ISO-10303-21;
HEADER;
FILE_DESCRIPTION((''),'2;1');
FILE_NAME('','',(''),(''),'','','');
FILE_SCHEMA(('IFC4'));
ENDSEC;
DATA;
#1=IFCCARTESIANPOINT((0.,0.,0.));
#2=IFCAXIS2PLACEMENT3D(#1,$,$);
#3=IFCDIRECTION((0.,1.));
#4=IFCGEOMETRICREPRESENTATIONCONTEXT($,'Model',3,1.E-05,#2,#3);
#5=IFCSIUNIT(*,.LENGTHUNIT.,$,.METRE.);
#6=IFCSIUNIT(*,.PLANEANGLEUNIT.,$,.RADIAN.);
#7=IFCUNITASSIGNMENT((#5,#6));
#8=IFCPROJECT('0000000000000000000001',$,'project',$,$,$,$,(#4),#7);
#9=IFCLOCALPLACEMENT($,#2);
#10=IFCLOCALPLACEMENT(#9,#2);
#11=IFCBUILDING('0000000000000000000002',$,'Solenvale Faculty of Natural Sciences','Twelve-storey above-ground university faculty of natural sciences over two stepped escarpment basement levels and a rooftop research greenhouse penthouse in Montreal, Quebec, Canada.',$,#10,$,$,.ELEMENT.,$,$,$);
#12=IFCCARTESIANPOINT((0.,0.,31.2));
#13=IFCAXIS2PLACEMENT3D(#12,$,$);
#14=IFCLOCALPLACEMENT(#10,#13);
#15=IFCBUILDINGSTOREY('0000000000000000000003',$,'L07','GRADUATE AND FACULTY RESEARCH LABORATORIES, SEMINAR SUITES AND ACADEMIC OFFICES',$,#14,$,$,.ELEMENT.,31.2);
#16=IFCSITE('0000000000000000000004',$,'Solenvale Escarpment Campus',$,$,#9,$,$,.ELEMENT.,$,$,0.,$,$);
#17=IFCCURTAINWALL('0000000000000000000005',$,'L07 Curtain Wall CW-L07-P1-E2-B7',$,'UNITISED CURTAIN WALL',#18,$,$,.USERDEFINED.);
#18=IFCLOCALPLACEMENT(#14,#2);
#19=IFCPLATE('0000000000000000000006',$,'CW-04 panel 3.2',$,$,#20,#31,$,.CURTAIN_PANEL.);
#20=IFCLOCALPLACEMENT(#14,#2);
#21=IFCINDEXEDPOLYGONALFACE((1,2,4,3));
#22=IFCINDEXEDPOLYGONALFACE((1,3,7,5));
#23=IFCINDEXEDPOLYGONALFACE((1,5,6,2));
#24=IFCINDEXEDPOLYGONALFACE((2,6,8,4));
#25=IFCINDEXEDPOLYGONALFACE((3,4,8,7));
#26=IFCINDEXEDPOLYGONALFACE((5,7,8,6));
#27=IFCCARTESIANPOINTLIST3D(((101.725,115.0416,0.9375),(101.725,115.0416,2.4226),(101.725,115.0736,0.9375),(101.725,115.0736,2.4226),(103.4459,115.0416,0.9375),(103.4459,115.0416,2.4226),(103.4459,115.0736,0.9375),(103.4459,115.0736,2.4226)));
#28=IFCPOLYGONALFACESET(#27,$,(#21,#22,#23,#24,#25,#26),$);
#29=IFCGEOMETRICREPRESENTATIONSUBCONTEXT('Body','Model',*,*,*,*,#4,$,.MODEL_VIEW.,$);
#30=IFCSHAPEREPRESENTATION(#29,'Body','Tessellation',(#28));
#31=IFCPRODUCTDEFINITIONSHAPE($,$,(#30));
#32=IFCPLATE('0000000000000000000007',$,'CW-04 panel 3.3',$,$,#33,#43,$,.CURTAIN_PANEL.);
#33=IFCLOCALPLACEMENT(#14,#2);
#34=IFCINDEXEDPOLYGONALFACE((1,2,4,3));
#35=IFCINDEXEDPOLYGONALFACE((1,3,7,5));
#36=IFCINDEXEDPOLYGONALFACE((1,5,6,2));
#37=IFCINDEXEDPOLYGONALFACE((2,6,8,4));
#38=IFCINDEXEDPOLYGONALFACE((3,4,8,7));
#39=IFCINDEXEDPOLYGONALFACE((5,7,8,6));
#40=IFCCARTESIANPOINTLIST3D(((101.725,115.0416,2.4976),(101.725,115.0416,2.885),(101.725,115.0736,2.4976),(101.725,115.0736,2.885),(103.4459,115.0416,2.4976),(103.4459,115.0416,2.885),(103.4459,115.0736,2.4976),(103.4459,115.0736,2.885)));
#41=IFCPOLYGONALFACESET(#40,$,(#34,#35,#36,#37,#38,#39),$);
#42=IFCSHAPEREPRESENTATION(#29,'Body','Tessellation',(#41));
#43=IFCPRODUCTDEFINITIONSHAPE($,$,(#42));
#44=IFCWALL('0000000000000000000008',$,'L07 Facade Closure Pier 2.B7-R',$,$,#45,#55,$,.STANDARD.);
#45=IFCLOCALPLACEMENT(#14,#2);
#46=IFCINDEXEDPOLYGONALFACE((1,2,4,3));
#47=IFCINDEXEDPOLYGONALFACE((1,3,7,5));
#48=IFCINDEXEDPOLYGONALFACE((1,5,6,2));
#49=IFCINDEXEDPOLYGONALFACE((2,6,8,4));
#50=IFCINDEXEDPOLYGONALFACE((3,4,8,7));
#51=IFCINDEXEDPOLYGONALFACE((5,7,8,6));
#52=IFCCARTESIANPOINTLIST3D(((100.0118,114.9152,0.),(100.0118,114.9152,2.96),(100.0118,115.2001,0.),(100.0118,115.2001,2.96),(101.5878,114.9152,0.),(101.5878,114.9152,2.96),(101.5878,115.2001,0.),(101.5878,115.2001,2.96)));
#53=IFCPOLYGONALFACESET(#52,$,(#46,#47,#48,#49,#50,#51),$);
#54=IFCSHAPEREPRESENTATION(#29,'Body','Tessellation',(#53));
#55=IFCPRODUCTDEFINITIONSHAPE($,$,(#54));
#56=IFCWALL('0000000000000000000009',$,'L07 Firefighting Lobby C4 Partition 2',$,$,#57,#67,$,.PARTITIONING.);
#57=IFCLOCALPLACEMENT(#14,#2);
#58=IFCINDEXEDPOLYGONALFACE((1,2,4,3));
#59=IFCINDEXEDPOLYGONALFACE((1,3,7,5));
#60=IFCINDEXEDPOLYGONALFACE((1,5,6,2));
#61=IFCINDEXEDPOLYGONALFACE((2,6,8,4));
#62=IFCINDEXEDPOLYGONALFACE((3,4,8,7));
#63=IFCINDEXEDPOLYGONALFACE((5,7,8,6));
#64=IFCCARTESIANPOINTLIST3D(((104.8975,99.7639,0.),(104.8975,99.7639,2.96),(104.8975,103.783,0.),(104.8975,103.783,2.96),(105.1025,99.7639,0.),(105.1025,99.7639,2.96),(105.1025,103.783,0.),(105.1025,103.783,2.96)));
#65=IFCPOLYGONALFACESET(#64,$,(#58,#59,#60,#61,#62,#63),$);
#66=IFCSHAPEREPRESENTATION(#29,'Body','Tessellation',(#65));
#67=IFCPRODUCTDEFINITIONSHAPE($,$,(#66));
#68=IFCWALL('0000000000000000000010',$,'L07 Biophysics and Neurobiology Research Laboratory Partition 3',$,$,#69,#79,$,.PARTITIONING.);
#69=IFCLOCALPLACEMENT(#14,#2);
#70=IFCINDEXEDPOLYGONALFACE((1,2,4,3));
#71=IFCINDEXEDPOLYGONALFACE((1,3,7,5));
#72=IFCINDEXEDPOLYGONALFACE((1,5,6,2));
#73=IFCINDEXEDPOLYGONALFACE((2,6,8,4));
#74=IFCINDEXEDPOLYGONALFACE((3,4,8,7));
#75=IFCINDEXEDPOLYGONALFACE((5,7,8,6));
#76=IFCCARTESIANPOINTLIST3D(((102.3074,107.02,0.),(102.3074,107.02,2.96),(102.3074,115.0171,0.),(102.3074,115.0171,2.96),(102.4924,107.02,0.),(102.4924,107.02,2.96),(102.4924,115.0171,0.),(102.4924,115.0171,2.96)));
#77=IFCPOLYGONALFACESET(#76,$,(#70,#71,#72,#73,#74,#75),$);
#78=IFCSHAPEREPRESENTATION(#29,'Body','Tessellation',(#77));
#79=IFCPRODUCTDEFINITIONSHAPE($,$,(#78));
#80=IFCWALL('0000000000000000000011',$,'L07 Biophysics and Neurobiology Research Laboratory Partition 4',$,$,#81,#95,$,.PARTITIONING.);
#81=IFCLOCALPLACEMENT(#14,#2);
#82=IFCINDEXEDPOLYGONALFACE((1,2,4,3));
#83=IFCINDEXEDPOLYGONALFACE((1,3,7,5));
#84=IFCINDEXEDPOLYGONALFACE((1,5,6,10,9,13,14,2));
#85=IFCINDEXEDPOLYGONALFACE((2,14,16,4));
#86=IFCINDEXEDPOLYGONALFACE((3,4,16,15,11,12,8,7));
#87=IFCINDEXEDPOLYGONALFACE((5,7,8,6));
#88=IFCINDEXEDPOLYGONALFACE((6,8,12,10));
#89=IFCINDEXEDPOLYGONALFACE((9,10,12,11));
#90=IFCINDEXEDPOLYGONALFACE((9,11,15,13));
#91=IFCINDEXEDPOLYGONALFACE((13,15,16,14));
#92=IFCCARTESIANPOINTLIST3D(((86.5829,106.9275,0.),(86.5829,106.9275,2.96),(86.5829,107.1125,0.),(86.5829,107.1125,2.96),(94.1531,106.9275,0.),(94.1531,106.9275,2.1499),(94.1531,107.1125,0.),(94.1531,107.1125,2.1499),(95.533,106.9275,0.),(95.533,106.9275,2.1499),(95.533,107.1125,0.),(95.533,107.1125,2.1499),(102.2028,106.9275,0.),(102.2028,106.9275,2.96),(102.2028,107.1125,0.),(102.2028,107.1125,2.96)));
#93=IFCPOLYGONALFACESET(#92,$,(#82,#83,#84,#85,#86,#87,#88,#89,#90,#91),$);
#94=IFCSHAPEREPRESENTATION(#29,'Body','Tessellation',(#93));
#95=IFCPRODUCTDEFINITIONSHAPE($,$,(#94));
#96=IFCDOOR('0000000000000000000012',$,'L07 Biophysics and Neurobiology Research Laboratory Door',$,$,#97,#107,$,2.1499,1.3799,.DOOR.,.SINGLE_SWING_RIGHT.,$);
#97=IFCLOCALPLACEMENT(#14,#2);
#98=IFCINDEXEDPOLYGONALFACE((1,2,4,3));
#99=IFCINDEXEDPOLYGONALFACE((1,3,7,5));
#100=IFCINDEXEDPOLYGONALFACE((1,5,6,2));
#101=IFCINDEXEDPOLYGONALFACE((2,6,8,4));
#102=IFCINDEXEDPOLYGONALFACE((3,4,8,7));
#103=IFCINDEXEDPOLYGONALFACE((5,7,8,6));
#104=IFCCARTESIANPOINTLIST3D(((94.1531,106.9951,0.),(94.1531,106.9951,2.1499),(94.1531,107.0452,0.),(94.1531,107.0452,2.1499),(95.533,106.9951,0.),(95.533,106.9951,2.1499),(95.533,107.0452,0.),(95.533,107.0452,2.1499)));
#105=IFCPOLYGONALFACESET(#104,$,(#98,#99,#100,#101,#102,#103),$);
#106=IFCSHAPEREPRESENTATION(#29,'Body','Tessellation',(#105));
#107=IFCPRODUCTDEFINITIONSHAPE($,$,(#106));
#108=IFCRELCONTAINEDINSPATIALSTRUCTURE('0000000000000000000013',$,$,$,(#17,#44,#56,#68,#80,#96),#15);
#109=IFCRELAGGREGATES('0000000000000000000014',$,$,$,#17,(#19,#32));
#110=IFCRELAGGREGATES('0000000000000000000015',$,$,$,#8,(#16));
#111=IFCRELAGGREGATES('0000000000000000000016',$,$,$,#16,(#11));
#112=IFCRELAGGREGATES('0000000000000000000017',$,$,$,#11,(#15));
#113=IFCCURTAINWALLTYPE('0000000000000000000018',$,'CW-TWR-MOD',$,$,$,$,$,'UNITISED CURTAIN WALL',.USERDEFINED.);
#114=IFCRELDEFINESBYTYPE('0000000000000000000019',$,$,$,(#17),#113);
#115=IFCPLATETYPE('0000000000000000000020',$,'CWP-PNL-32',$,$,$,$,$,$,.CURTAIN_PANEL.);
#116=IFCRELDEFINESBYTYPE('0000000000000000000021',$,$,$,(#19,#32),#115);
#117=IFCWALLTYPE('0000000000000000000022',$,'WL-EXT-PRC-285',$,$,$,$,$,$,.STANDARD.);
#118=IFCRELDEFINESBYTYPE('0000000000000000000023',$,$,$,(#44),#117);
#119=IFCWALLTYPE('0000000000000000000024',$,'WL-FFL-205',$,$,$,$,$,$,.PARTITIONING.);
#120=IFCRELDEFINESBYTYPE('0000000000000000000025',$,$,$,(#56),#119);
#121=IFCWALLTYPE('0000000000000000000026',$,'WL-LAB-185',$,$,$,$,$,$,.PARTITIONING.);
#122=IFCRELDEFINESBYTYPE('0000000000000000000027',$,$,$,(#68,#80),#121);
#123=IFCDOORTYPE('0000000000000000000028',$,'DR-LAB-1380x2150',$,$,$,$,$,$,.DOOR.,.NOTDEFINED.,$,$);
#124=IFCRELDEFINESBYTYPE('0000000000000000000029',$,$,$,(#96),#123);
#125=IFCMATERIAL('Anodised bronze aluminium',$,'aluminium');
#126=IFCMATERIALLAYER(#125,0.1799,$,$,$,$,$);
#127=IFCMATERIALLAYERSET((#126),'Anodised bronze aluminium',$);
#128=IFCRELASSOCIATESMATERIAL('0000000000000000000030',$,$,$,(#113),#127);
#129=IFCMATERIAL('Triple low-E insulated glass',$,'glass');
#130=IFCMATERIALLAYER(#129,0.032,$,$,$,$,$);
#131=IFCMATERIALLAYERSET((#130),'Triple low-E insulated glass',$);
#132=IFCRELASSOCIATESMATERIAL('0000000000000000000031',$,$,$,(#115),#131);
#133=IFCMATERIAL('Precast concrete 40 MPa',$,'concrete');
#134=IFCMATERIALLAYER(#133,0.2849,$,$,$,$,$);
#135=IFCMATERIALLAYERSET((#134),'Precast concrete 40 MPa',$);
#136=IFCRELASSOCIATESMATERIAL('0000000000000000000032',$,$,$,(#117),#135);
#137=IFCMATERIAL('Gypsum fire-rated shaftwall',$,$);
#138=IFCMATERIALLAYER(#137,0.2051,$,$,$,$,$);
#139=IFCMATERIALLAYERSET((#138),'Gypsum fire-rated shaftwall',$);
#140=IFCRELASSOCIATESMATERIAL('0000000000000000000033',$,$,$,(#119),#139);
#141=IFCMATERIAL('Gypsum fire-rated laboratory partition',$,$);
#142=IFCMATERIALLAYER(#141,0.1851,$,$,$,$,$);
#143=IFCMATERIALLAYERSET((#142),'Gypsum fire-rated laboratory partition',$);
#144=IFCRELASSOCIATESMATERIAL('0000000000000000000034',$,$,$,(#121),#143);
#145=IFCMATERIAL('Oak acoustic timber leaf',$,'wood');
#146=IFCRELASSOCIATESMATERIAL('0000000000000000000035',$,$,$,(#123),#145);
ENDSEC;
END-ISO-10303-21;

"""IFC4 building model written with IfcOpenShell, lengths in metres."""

from ifc_helpers import new_model, si_unit, direction, frame, frame_2d, origin, origin_2d, place, context, subcontext, project, spatial, rectangle, extrude, material, layer, layer_set, type_object, element, fill, aggregate, save


model = new_model("IFC4")

# Units and contexts
model_context = context("Model", 3, precision=1e-05, world=origin(), true_north=direction((0.0, 1.0)))
body_context = subcontext(model_context, "Body", "Model", "MODEL_VIEW")
ifc_project = project(units=[si_unit("LENGTHUNIT", "METRE"), si_unit("PLANEANGLEUNIT", "RADIAN")], contexts=[model_context])

# Site, building, storey
site_placement = place(None, origin())
site = spatial("IfcSite", under=ifc_project, at=site_placement, Name="Solenvale Escarpment Campus", CompositionType="ELEMENT", RefElevation=0.0)
building_placement = place(site_placement, origin())
building = spatial("IfcBuilding", under=site, at=building_placement, Name="Solenvale Faculty of Natural Sciences", Description="Twelve-storey above-ground university faculty of natural sciences over two stepped escarpment basement levels and a rooftop research greenhouse penthouse in Montreal, Quebec, Canada.", CompositionType="ELEMENT")
storey_placement = place(building_placement, frame((0.0, 0.0, 31.2)))
storey = spatial("IfcBuildingStorey", under=building, at=storey_placement, Name="L07", Description="GRADUATE AND FACULTY RESEARCH LABORATORIES, SEMINAR SUITES AND ACADEMIC OFFICES", CompositionType="ELEMENT", Elevation=31.2)

# Curtain wall, plates
ifc_material_1 = material(Name="Anodised bronze aluminium", Category="aluminium")
ifc_layer_1 = layer(ifc_material_1, 0.1799)
ifc_layer_set_1 = layer_set([ifc_layer_1], Name="Anodised bronze aluminium")
curtain_wall_type = type_object("IfcCurtainWallType", Name="CW-TWR-MOD", ElementType="UNITISED CURTAIN WALL", PredefinedType="USERDEFINED", material=ifc_layer_set_1)
curtain_wall_placement = place(storey_placement, origin())
curtain_wall = element("IfcCurtainWall", 1, at=curtain_wall_placement, inside=storey, type_object=curtain_wall_type, Name="L07 Curtain Wall CW-L07-P1-E2-B7", ObjectType="UNITISED CURTAIN WALL", PredefinedType="USERDEFINED")
ifc_material_2 = material(Name="Triple low-E insulated glass", Category="glass")
ifc_layer_2 = layer(ifc_material_2, 0.032)
ifc_layer_set_2 = layer_set([ifc_layer_2], Name="Triple low-E insulated glass")
plate_type = type_object("IfcPlateType", Name="CWP-PNL-32", PredefinedType="CURTAIN_PANEL", material=ifc_layer_set_2)
plate_1_placement = place(storey_placement, frame((102.5854, 115.0576, 0.9375), z_axis=(0.0, 0.0, 1.0), x_axis=(-1.0, 0.0, 0.0)))
plate_1 = element("IfcPlate", 2, at=plate_1_placement, type_object=plate_type, Name="CW-04 panel 3.2", PredefinedType="CURTAIN_PANEL", context=body_context, shape_type="SweptSolid", body=[
    extrude(rectangle(XDim=1.7209, YDim=0.032, at=origin_2d()), origin(), (0.0, 0.0, 1.0), 1.4851),
])
plate_2_placement = place(storey_placement, frame((102.5854, 115.0576, 2.4976), z_axis=(0.0, 0.0, 1.0), x_axis=(-1.0, 0.0, 0.0)))
plate_2 = element("IfcPlate", 3, at=plate_2_placement, type_object=plate_type, Name="CW-04 panel 3.3", PredefinedType="CURTAIN_PANEL", context=body_context, shape_type="SweptSolid", body=[
    extrude(rectangle(XDim=1.7209, YDim=0.032, at=origin_2d()), origin(), (0.0, 0.0, 1.0), 0.3875),
])
aggregate(curtain_wall, [plate_1, plate_2])

# Wall
ifc_material_3 = material(Name="Precast concrete 40 MPa", Category="concrete")
ifc_layer_3 = layer(ifc_material_3, 0.2849)
ifc_layer_set_3 = layer_set([ifc_layer_3], Name="Precast concrete 40 MPa")
wall_type_1 = type_object("IfcWallType", Name="WL-EXT-PRC-285", PredefinedType="STANDARD", material=ifc_layer_set_3)
wall_1_placement = place(storey_placement, frame((101.5879, 115.0576, 0.0), z_axis=(0.0, 0.0, 1.0), x_axis=(-1.0, 0.0, 0.0)))
element("IfcWall", 4, at=wall_1_placement, inside=storey, type_object=wall_type_1, Name="L07 Facade Closure Pier 2.B7-R", PredefinedType="STANDARD", context=body_context, shape_type="SweptSolid", body=[
    extrude(rectangle(XDim=1.5759, YDim=0.2849, at=frame_2d((0.7881, 0.0))), origin(), (0.0, 0.0, 1.0), 2.96),
])

# Shared definitions
ifc_material_4 = material(Name="Gypsum fire-rated shaftwall")
ifc_layer_4 = layer(ifc_material_4, 0.2051)
ifc_layer_set_4 = layer_set([ifc_layer_4], Name="Gypsum fire-rated shaftwall")
wall_type_2 = type_object("IfcWallType", Name="WL-FFL-205", PredefinedType="PARTITIONING", material=ifc_layer_set_4)

# Walls
wall_2_placement = place(storey_placement, frame((105.0, 103.783, 0.0), z_axis=(0.0, 0.0, 1.0), x_axis=(0.0, -1.0, 0.0)))
element("IfcWall", 5, at=wall_2_placement, inside=storey, type_object=wall_type_2, Name="L07 Firefighting Lobby C4 Partition 2", PredefinedType="PARTITIONING", context=body_context, shape_type="SweptSolid", body=[
    extrude(rectangle(XDim=4.019, YDim=0.2051, at=frame_2d((2.0095, 0.0))), origin(), (0.0, 0.0, 1.0), 2.96),
])
ifc_material_5 = material(Name="Gypsum fire-rated laboratory partition")
ifc_layer_5 = layer(ifc_material_5, 0.1851)
ifc_layer_set_5 = layer_set([ifc_layer_5], Name="Gypsum fire-rated laboratory partition")
wall_type_3 = type_object("IfcWallType", Name="WL-LAB-185", PredefinedType="PARTITIONING", material=ifc_layer_set_5)
wall_3_placement = place(storey_placement, frame((102.3999, 115.0171, 0.0), z_axis=(0.0, 0.0, 1.0), x_axis=(0.0, -1.0, 0.0)))
element("IfcWall", 6, at=wall_3_placement, inside=storey, type_object=wall_type_3, Name="L07 Biophysics and Neurobiology Research Laboratory Partition 3", PredefinedType="PARTITIONING", context=body_context, shape_type="SweptSolid", body=[
    extrude(rectangle(XDim=7.9971, YDim=0.1851, at=frame_2d((3.9985, 0.0))), origin(), (0.0, 0.0, 1.0), 2.96),
])

# Wall, opening, door
wall_4_placement = place(storey_placement, frame((102.2029, 107.02, 0.0), z_axis=(0.0, 0.0, 1.0), x_axis=(-1.0, 0.0, 0.0)))
wall_4 = element("IfcWall", 7, at=wall_4_placement, inside=storey, type_object=wall_type_3, Name="L07 Biophysics and Neurobiology Research Laboratory Partition 4", PredefinedType="PARTITIONING", context=body_context, shape_type="SweptSolid", body=[
    extrude(rectangle(XDim=15.6199, YDim=0.1851, at=frame_2d((7.8101, 0.0))), origin(), (0.0, 0.0, 1.0), 2.96),
])
opening_1_placement = place(wall_4_placement, frame((6.6699, 0.0, 0.0)))
opening_1 = element("IfcOpeningElement", 8, at=opening_1_placement, cuts=wall_4, PredefinedType="OPENING", context=body_context, shape_type="SweptSolid", body=[
    extrude(rectangle(XDim=1.3799, YDim=2.1499, at=frame_2d((0.6899, 1.075))), frame((0.0, 0.1025, 0.0), z_axis=(0.0, -1.0, 0.0), x_axis=(1.0, 0.0, 0.0)), (0.0, 0.0, 1.0), 0.2051),
])
ifc_material_6 = material(Name="Oak acoustic timber leaf", Category="wood")
door_type_1 = type_object("IfcDoorType", Name="DR-LAB-1380x2150", OperationType="NOTDEFINED", PredefinedType="DOOR", material=ifc_material_6)
door_1_placement = place(opening_1_placement, origin())
door_1 = element("IfcDoor", 9, at=door_1_placement, inside=storey, type_object=door_type_1, Name="L07 Biophysics and Neurobiology Research Laboratory Door", OperationType="SINGLE_SWING_RIGHT", OverallHeight=2.1499, OverallWidth=1.3799, PredefinedType="DOOR", context=body_context, shape_type="SweptSolid", body=[
    extrude(rectangle(XDim=1.3799, YDim=2.1499, at=frame_2d((0.6899, 1.075))), frame((0.0, 0.0249, 0.0), z_axis=(0.0, -1.0, 0.0), x_axis=(1.0, 0.0, 0.0)), (0.0, 0.0, 1.0), 0.05),
])
fill(opening_1, door_1)

save(model, "model.ifc")
